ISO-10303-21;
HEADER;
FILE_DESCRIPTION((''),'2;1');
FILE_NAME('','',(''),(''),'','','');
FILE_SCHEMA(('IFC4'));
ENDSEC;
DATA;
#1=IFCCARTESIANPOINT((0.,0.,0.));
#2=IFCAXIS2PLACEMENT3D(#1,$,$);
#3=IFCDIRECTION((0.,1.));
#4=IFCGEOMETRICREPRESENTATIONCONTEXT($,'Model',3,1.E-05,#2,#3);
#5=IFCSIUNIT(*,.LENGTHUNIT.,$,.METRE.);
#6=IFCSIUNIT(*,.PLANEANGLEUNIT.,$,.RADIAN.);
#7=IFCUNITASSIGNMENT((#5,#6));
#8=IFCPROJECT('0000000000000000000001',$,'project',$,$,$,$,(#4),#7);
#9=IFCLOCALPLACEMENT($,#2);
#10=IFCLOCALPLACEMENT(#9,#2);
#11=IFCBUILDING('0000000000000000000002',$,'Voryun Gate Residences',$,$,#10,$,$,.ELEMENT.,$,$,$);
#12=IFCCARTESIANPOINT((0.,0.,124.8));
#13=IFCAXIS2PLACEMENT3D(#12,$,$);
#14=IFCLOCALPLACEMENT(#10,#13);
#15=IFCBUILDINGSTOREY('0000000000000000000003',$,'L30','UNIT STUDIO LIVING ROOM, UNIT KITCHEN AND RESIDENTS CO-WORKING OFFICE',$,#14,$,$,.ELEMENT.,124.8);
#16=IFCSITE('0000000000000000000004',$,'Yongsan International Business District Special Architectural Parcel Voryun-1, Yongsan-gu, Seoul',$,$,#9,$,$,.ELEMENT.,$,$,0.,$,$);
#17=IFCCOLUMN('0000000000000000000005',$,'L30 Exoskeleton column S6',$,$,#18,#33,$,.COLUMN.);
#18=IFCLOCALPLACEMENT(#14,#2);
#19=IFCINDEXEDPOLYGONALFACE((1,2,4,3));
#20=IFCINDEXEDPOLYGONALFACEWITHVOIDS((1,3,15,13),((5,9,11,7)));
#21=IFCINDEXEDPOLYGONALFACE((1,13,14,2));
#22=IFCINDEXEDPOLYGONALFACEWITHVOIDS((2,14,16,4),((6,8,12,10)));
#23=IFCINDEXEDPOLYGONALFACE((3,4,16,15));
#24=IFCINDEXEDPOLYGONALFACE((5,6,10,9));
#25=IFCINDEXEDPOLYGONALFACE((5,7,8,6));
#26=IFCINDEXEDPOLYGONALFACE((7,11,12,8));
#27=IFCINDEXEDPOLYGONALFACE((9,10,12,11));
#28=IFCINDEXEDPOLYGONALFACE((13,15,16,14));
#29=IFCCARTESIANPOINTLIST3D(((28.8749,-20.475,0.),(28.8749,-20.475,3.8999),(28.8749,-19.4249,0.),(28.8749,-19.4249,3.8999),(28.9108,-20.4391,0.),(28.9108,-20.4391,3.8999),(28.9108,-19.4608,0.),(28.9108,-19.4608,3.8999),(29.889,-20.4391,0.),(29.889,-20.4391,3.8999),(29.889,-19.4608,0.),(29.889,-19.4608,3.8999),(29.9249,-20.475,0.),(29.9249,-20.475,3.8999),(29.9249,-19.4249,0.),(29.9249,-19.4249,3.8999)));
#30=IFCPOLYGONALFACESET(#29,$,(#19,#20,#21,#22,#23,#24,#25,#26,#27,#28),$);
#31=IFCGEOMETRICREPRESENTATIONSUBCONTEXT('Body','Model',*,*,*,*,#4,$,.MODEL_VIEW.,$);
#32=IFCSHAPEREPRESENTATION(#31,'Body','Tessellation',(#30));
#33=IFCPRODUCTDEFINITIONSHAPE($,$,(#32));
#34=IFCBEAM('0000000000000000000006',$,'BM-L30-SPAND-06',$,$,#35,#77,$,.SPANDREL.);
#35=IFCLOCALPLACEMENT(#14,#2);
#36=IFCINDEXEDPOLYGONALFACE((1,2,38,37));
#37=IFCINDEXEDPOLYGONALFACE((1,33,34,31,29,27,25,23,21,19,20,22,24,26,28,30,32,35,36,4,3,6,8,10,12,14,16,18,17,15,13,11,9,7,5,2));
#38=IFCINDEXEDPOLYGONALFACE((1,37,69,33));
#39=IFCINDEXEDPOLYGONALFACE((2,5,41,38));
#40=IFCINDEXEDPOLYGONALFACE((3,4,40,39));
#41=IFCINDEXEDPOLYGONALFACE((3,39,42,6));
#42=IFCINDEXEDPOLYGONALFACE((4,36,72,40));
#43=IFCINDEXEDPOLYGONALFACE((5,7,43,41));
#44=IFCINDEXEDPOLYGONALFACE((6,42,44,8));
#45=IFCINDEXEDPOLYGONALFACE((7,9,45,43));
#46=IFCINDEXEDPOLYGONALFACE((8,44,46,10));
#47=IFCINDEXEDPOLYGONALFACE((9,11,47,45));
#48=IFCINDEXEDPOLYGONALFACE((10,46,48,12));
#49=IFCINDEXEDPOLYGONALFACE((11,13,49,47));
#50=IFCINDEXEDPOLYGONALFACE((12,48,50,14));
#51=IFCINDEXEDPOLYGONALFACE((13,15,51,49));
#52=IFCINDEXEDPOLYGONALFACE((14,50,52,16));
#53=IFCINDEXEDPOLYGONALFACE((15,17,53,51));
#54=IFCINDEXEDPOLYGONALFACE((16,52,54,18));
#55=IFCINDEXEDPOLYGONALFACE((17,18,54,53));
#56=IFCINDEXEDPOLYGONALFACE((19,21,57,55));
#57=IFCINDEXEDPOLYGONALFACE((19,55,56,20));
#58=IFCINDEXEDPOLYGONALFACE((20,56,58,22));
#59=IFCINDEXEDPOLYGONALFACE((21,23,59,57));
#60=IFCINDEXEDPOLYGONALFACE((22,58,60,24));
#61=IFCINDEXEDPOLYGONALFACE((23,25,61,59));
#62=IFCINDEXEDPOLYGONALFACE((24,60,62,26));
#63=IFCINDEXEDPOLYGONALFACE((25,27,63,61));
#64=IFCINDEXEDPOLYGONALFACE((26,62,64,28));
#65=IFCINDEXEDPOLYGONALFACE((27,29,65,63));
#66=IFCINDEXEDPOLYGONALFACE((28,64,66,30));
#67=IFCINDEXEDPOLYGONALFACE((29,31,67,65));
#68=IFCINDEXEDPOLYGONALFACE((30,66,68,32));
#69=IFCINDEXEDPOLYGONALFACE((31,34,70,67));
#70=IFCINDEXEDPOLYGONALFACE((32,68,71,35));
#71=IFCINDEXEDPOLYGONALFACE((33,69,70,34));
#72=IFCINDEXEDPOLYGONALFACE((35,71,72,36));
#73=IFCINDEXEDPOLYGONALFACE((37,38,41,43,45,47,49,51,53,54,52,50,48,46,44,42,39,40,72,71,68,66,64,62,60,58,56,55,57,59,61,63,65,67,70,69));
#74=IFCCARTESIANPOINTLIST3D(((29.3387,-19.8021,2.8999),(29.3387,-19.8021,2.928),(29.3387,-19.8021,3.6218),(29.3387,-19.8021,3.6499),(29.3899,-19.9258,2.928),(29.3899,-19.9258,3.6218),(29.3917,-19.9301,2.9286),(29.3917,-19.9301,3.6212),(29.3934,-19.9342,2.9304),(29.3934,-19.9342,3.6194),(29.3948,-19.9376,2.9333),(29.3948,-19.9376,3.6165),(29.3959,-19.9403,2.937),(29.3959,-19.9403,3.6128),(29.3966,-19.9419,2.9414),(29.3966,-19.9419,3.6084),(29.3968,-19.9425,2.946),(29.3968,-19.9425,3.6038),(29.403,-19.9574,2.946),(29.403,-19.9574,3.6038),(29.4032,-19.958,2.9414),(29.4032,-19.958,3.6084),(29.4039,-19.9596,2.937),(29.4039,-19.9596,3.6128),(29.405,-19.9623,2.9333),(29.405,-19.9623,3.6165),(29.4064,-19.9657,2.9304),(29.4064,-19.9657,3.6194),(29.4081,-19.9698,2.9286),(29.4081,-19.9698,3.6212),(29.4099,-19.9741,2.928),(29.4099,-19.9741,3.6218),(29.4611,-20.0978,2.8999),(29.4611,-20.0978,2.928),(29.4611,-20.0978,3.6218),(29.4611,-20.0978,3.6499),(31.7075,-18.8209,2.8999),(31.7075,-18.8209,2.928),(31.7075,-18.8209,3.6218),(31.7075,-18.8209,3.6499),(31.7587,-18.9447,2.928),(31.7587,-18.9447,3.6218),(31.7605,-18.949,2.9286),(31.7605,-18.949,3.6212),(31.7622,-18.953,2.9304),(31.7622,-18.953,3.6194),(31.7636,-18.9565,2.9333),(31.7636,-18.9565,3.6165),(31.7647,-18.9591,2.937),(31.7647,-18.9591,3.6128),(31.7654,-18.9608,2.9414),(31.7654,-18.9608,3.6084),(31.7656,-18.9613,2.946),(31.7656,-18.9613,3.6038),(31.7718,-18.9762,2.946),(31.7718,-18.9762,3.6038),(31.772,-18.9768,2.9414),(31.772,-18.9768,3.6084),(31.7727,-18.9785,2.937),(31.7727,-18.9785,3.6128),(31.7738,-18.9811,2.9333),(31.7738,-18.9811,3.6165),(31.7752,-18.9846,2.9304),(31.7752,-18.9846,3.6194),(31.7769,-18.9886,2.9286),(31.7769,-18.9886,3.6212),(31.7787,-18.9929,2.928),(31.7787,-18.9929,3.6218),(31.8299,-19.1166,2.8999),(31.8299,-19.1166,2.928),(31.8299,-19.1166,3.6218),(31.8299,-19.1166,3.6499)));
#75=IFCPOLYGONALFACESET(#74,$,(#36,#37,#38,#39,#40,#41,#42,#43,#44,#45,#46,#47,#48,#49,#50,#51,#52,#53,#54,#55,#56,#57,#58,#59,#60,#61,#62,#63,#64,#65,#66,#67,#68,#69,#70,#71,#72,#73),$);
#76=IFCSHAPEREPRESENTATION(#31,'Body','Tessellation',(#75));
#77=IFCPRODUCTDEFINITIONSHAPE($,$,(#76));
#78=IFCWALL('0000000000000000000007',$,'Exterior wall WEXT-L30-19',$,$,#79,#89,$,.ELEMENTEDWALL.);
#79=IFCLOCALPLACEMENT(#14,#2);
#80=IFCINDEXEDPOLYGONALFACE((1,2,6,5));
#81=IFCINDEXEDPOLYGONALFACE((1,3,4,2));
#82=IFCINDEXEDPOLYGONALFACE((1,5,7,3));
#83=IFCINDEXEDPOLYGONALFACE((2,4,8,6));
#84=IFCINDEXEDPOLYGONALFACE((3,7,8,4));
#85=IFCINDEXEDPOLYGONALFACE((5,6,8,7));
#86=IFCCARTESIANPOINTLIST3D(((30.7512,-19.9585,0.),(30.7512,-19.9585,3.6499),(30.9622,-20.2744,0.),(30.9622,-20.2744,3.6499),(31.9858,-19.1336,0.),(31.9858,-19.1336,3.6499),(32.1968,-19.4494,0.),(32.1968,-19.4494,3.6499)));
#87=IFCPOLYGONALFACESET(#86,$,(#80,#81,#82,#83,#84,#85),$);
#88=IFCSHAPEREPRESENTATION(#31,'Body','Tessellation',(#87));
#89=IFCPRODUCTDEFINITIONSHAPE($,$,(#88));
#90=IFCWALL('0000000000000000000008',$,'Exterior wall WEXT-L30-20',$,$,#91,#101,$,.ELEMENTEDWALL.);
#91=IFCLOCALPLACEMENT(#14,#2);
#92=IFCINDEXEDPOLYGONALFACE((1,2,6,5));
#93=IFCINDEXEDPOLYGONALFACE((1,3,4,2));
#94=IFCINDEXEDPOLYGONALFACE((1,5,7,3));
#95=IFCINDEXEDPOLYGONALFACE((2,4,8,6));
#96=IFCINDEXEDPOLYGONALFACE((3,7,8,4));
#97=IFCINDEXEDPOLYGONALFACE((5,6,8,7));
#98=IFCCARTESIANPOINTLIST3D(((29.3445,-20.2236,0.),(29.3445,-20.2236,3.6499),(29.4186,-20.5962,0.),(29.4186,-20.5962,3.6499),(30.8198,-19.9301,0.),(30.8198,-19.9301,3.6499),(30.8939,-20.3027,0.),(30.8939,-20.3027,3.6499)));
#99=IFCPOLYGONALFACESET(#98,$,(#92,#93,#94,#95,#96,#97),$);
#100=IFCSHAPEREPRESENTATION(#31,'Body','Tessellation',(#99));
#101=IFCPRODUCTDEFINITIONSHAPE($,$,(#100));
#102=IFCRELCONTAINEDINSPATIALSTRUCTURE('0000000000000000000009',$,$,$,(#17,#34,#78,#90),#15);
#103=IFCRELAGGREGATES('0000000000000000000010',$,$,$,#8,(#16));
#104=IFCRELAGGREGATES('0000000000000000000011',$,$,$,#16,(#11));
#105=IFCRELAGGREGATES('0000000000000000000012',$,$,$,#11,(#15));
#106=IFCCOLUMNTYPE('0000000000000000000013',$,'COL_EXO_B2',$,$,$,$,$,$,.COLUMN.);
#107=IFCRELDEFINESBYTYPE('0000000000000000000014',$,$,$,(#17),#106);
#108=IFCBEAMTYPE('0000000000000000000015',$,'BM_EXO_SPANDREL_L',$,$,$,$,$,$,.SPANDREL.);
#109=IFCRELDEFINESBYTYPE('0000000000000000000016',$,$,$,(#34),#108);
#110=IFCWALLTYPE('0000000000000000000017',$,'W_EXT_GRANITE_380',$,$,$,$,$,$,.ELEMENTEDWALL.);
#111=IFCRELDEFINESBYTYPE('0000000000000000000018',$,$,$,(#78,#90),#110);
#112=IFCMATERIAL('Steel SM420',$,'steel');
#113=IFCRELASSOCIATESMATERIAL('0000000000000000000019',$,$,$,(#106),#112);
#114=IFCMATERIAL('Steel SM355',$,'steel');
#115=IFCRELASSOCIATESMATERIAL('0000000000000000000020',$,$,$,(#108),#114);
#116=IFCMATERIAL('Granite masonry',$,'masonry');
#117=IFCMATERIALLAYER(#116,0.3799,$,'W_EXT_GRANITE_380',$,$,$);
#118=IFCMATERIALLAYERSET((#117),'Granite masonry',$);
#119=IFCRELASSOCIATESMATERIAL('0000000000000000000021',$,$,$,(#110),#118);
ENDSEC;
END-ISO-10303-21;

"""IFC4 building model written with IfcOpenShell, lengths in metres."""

from ifc_helpers import new_model, si_unit, direction, frame, frame_2d, origin, origin_2d, place, context, subcontext, project, spatial, rectangle, hollow_rectangle, i_section, extrude, material, layer, layer_set, material_profile, profile_set, type_object, element, save


model = new_model("IFC4")

# Units and contexts
model_context = context("Model", 3, precision=1e-05, world=origin(), true_north=direction((0.0, 1.0)))
body_context = subcontext(model_context, "Body", "Model", "MODEL_VIEW")
ifc_project = project(units=[si_unit("LENGTHUNIT", "METRE"), si_unit("PLANEANGLEUNIT", "RADIAN")], contexts=[model_context])

# Site, building, storey
site_placement = place(None, origin())
site = spatial("IfcSite", under=ifc_project, at=site_placement, Name="Yongsan International Business District Special Architectural Parcel Voryun-1, Yongsan-gu, Seoul", CompositionType="ELEMENT", RefElevation=0.0)
building_placement = place(site_placement, origin())
building = spatial("IfcBuilding", under=site, at=building_placement, Name="Voryun Gate Residences", CompositionType="ELEMENT")
storey_placement = place(building_placement, frame((0.0, 0.0, 124.8)))
storey = spatial("IfcBuildingStorey", under=building, at=storey_placement, Name="L30", Description="UNIT STUDIO LIVING ROOM, UNIT KITCHEN AND RESIDENTS CO-WORKING OFFICE", CompositionType="ELEMENT", Elevation=124.8)

# Column
ifc_material_1 = material(Name="Steel SM420", Category="steel")
ifc_material_profile_1 = material_profile(ifc_material_1, hollow_rectangle(XDim=1.05, YDim=1.05, WallThickness=0.0359, at=origin_2d()), Name="BOX-1050x1050x36")
ifc_profile_set_1 = profile_set([ifc_material_profile_1], Name="Steel SM420")
column_type = type_object("IfcColumnType", Name="COL_EXO_B2", PredefinedType="COLUMN", material=ifc_profile_set_1)
column_placement = place(storey_placement, frame((29.3999, -19.95, 0.0), z_axis=(0.0, 0.0, 1.0), x_axis=(1.0, 0.0, 0.0)))
element("IfcColumn", 1, at=column_placement, inside=storey, type_object=column_type, Name="L30 Exoskeleton column S6", PredefinedType="COLUMN", context=body_context, shape_type="SweptSolid", body=[
    extrude(hollow_rectangle(XDim=1.05, YDim=1.05, WallThickness=0.0359, at=origin_2d()), origin(), (0.0, 0.0, 1.0), 3.8999),
])

# Beam
ifc_material_2 = material(Name="Steel SM355", Category="steel")
ifc_material_profile_2 = material_profile(ifc_material_2, i_section(OverallWidth=0.3201, OverallDepth=0.75, WebThickness=0.0161, FlangeThickness=0.0281, FilletRadius=0.0181, at=origin_2d()), Name="H-750x320x16x28")
ifc_profile_set_2 = profile_set([ifc_material_profile_2], Name="Steel SM355")
beam_type = type_object("IfcBeamType", Name="BM_EXO_SPANDREL_L", PredefinedType="SPANDREL", material=ifc_profile_set_2)
beam_placement = place(storey_placement, frame((29.3999, -19.95, 3.2749), z_axis=(0.923883, 0.382674, 0.0), x_axis=(-0.382674, 0.923883, 0.0)))
element("IfcBeam", 2, at=beam_placement, inside=storey, type_object=beam_type, Name="BM-L30-SPAND-06", PredefinedType="SPANDREL", context=body_context, shape_type="SweptSolid", body=[
    extrude(i_section(OverallWidth=0.3201, OverallDepth=0.75, WebThickness=0.0161, FlangeThickness=0.0281, FilletRadius=0.0181, at=origin_2d()), origin(), (0.0, 0.0, 1.0), 2.564),
])

# Shared definitions
ifc_material_3 = material(Name="Granite masonry", Category="masonry")
ifc_layer = layer(ifc_material_3, 0.3799, Name="W_EXT_GRANITE_380")
ifc_layer_set = layer_set([ifc_layer], Name="Granite masonry")
wall_type = type_object("IfcWallType", Name="W_EXT_GRANITE_380", PredefinedType="ELEMENTEDWALL", material=ifc_layer_set)

# Walls
wall_1_placement = place(storey_placement, frame((32.0913, -19.2915, 0.0), z_axis=(0.0, 0.0, 1.0), x_axis=(-0.831468, -0.555573, 0.0)))
element("IfcWall", 3, at=wall_1_placement, inside=storey, type_object=wall_type, Name="Exterior wall WEXT-L30-19", PredefinedType="ELEMENTEDWALL", context=body_context, shape_type="SweptSolid", body=[
    extrude(rectangle(XDim=1.4849, YDim=0.3799, at=frame_2d((0.7424, 0.0))), origin(), (0.0, 0.0, 1.0), 3.6499),
])
wall_2_placement = place(storey_placement, frame((30.8567, -20.1165, 0.0), z_axis=(0.0, 0.0, 1.0), x_axis=(-0.980786, -0.195086, 0.0)))
element("IfcWall", 4, at=wall_2_placement, inside=storey, type_object=wall_type, Name="Exterior wall WEXT-L30-20", PredefinedType="ELEMENTEDWALL", context=body_context, shape_type="SweptSolid", body=[
    extrude(rectangle(XDim=1.5042, YDim=0.3799, at=frame_2d((0.752, 0.0))), origin(), (0.0, 0.0, 1.0), 3.6499),
])

save(model, "model.ifc")
